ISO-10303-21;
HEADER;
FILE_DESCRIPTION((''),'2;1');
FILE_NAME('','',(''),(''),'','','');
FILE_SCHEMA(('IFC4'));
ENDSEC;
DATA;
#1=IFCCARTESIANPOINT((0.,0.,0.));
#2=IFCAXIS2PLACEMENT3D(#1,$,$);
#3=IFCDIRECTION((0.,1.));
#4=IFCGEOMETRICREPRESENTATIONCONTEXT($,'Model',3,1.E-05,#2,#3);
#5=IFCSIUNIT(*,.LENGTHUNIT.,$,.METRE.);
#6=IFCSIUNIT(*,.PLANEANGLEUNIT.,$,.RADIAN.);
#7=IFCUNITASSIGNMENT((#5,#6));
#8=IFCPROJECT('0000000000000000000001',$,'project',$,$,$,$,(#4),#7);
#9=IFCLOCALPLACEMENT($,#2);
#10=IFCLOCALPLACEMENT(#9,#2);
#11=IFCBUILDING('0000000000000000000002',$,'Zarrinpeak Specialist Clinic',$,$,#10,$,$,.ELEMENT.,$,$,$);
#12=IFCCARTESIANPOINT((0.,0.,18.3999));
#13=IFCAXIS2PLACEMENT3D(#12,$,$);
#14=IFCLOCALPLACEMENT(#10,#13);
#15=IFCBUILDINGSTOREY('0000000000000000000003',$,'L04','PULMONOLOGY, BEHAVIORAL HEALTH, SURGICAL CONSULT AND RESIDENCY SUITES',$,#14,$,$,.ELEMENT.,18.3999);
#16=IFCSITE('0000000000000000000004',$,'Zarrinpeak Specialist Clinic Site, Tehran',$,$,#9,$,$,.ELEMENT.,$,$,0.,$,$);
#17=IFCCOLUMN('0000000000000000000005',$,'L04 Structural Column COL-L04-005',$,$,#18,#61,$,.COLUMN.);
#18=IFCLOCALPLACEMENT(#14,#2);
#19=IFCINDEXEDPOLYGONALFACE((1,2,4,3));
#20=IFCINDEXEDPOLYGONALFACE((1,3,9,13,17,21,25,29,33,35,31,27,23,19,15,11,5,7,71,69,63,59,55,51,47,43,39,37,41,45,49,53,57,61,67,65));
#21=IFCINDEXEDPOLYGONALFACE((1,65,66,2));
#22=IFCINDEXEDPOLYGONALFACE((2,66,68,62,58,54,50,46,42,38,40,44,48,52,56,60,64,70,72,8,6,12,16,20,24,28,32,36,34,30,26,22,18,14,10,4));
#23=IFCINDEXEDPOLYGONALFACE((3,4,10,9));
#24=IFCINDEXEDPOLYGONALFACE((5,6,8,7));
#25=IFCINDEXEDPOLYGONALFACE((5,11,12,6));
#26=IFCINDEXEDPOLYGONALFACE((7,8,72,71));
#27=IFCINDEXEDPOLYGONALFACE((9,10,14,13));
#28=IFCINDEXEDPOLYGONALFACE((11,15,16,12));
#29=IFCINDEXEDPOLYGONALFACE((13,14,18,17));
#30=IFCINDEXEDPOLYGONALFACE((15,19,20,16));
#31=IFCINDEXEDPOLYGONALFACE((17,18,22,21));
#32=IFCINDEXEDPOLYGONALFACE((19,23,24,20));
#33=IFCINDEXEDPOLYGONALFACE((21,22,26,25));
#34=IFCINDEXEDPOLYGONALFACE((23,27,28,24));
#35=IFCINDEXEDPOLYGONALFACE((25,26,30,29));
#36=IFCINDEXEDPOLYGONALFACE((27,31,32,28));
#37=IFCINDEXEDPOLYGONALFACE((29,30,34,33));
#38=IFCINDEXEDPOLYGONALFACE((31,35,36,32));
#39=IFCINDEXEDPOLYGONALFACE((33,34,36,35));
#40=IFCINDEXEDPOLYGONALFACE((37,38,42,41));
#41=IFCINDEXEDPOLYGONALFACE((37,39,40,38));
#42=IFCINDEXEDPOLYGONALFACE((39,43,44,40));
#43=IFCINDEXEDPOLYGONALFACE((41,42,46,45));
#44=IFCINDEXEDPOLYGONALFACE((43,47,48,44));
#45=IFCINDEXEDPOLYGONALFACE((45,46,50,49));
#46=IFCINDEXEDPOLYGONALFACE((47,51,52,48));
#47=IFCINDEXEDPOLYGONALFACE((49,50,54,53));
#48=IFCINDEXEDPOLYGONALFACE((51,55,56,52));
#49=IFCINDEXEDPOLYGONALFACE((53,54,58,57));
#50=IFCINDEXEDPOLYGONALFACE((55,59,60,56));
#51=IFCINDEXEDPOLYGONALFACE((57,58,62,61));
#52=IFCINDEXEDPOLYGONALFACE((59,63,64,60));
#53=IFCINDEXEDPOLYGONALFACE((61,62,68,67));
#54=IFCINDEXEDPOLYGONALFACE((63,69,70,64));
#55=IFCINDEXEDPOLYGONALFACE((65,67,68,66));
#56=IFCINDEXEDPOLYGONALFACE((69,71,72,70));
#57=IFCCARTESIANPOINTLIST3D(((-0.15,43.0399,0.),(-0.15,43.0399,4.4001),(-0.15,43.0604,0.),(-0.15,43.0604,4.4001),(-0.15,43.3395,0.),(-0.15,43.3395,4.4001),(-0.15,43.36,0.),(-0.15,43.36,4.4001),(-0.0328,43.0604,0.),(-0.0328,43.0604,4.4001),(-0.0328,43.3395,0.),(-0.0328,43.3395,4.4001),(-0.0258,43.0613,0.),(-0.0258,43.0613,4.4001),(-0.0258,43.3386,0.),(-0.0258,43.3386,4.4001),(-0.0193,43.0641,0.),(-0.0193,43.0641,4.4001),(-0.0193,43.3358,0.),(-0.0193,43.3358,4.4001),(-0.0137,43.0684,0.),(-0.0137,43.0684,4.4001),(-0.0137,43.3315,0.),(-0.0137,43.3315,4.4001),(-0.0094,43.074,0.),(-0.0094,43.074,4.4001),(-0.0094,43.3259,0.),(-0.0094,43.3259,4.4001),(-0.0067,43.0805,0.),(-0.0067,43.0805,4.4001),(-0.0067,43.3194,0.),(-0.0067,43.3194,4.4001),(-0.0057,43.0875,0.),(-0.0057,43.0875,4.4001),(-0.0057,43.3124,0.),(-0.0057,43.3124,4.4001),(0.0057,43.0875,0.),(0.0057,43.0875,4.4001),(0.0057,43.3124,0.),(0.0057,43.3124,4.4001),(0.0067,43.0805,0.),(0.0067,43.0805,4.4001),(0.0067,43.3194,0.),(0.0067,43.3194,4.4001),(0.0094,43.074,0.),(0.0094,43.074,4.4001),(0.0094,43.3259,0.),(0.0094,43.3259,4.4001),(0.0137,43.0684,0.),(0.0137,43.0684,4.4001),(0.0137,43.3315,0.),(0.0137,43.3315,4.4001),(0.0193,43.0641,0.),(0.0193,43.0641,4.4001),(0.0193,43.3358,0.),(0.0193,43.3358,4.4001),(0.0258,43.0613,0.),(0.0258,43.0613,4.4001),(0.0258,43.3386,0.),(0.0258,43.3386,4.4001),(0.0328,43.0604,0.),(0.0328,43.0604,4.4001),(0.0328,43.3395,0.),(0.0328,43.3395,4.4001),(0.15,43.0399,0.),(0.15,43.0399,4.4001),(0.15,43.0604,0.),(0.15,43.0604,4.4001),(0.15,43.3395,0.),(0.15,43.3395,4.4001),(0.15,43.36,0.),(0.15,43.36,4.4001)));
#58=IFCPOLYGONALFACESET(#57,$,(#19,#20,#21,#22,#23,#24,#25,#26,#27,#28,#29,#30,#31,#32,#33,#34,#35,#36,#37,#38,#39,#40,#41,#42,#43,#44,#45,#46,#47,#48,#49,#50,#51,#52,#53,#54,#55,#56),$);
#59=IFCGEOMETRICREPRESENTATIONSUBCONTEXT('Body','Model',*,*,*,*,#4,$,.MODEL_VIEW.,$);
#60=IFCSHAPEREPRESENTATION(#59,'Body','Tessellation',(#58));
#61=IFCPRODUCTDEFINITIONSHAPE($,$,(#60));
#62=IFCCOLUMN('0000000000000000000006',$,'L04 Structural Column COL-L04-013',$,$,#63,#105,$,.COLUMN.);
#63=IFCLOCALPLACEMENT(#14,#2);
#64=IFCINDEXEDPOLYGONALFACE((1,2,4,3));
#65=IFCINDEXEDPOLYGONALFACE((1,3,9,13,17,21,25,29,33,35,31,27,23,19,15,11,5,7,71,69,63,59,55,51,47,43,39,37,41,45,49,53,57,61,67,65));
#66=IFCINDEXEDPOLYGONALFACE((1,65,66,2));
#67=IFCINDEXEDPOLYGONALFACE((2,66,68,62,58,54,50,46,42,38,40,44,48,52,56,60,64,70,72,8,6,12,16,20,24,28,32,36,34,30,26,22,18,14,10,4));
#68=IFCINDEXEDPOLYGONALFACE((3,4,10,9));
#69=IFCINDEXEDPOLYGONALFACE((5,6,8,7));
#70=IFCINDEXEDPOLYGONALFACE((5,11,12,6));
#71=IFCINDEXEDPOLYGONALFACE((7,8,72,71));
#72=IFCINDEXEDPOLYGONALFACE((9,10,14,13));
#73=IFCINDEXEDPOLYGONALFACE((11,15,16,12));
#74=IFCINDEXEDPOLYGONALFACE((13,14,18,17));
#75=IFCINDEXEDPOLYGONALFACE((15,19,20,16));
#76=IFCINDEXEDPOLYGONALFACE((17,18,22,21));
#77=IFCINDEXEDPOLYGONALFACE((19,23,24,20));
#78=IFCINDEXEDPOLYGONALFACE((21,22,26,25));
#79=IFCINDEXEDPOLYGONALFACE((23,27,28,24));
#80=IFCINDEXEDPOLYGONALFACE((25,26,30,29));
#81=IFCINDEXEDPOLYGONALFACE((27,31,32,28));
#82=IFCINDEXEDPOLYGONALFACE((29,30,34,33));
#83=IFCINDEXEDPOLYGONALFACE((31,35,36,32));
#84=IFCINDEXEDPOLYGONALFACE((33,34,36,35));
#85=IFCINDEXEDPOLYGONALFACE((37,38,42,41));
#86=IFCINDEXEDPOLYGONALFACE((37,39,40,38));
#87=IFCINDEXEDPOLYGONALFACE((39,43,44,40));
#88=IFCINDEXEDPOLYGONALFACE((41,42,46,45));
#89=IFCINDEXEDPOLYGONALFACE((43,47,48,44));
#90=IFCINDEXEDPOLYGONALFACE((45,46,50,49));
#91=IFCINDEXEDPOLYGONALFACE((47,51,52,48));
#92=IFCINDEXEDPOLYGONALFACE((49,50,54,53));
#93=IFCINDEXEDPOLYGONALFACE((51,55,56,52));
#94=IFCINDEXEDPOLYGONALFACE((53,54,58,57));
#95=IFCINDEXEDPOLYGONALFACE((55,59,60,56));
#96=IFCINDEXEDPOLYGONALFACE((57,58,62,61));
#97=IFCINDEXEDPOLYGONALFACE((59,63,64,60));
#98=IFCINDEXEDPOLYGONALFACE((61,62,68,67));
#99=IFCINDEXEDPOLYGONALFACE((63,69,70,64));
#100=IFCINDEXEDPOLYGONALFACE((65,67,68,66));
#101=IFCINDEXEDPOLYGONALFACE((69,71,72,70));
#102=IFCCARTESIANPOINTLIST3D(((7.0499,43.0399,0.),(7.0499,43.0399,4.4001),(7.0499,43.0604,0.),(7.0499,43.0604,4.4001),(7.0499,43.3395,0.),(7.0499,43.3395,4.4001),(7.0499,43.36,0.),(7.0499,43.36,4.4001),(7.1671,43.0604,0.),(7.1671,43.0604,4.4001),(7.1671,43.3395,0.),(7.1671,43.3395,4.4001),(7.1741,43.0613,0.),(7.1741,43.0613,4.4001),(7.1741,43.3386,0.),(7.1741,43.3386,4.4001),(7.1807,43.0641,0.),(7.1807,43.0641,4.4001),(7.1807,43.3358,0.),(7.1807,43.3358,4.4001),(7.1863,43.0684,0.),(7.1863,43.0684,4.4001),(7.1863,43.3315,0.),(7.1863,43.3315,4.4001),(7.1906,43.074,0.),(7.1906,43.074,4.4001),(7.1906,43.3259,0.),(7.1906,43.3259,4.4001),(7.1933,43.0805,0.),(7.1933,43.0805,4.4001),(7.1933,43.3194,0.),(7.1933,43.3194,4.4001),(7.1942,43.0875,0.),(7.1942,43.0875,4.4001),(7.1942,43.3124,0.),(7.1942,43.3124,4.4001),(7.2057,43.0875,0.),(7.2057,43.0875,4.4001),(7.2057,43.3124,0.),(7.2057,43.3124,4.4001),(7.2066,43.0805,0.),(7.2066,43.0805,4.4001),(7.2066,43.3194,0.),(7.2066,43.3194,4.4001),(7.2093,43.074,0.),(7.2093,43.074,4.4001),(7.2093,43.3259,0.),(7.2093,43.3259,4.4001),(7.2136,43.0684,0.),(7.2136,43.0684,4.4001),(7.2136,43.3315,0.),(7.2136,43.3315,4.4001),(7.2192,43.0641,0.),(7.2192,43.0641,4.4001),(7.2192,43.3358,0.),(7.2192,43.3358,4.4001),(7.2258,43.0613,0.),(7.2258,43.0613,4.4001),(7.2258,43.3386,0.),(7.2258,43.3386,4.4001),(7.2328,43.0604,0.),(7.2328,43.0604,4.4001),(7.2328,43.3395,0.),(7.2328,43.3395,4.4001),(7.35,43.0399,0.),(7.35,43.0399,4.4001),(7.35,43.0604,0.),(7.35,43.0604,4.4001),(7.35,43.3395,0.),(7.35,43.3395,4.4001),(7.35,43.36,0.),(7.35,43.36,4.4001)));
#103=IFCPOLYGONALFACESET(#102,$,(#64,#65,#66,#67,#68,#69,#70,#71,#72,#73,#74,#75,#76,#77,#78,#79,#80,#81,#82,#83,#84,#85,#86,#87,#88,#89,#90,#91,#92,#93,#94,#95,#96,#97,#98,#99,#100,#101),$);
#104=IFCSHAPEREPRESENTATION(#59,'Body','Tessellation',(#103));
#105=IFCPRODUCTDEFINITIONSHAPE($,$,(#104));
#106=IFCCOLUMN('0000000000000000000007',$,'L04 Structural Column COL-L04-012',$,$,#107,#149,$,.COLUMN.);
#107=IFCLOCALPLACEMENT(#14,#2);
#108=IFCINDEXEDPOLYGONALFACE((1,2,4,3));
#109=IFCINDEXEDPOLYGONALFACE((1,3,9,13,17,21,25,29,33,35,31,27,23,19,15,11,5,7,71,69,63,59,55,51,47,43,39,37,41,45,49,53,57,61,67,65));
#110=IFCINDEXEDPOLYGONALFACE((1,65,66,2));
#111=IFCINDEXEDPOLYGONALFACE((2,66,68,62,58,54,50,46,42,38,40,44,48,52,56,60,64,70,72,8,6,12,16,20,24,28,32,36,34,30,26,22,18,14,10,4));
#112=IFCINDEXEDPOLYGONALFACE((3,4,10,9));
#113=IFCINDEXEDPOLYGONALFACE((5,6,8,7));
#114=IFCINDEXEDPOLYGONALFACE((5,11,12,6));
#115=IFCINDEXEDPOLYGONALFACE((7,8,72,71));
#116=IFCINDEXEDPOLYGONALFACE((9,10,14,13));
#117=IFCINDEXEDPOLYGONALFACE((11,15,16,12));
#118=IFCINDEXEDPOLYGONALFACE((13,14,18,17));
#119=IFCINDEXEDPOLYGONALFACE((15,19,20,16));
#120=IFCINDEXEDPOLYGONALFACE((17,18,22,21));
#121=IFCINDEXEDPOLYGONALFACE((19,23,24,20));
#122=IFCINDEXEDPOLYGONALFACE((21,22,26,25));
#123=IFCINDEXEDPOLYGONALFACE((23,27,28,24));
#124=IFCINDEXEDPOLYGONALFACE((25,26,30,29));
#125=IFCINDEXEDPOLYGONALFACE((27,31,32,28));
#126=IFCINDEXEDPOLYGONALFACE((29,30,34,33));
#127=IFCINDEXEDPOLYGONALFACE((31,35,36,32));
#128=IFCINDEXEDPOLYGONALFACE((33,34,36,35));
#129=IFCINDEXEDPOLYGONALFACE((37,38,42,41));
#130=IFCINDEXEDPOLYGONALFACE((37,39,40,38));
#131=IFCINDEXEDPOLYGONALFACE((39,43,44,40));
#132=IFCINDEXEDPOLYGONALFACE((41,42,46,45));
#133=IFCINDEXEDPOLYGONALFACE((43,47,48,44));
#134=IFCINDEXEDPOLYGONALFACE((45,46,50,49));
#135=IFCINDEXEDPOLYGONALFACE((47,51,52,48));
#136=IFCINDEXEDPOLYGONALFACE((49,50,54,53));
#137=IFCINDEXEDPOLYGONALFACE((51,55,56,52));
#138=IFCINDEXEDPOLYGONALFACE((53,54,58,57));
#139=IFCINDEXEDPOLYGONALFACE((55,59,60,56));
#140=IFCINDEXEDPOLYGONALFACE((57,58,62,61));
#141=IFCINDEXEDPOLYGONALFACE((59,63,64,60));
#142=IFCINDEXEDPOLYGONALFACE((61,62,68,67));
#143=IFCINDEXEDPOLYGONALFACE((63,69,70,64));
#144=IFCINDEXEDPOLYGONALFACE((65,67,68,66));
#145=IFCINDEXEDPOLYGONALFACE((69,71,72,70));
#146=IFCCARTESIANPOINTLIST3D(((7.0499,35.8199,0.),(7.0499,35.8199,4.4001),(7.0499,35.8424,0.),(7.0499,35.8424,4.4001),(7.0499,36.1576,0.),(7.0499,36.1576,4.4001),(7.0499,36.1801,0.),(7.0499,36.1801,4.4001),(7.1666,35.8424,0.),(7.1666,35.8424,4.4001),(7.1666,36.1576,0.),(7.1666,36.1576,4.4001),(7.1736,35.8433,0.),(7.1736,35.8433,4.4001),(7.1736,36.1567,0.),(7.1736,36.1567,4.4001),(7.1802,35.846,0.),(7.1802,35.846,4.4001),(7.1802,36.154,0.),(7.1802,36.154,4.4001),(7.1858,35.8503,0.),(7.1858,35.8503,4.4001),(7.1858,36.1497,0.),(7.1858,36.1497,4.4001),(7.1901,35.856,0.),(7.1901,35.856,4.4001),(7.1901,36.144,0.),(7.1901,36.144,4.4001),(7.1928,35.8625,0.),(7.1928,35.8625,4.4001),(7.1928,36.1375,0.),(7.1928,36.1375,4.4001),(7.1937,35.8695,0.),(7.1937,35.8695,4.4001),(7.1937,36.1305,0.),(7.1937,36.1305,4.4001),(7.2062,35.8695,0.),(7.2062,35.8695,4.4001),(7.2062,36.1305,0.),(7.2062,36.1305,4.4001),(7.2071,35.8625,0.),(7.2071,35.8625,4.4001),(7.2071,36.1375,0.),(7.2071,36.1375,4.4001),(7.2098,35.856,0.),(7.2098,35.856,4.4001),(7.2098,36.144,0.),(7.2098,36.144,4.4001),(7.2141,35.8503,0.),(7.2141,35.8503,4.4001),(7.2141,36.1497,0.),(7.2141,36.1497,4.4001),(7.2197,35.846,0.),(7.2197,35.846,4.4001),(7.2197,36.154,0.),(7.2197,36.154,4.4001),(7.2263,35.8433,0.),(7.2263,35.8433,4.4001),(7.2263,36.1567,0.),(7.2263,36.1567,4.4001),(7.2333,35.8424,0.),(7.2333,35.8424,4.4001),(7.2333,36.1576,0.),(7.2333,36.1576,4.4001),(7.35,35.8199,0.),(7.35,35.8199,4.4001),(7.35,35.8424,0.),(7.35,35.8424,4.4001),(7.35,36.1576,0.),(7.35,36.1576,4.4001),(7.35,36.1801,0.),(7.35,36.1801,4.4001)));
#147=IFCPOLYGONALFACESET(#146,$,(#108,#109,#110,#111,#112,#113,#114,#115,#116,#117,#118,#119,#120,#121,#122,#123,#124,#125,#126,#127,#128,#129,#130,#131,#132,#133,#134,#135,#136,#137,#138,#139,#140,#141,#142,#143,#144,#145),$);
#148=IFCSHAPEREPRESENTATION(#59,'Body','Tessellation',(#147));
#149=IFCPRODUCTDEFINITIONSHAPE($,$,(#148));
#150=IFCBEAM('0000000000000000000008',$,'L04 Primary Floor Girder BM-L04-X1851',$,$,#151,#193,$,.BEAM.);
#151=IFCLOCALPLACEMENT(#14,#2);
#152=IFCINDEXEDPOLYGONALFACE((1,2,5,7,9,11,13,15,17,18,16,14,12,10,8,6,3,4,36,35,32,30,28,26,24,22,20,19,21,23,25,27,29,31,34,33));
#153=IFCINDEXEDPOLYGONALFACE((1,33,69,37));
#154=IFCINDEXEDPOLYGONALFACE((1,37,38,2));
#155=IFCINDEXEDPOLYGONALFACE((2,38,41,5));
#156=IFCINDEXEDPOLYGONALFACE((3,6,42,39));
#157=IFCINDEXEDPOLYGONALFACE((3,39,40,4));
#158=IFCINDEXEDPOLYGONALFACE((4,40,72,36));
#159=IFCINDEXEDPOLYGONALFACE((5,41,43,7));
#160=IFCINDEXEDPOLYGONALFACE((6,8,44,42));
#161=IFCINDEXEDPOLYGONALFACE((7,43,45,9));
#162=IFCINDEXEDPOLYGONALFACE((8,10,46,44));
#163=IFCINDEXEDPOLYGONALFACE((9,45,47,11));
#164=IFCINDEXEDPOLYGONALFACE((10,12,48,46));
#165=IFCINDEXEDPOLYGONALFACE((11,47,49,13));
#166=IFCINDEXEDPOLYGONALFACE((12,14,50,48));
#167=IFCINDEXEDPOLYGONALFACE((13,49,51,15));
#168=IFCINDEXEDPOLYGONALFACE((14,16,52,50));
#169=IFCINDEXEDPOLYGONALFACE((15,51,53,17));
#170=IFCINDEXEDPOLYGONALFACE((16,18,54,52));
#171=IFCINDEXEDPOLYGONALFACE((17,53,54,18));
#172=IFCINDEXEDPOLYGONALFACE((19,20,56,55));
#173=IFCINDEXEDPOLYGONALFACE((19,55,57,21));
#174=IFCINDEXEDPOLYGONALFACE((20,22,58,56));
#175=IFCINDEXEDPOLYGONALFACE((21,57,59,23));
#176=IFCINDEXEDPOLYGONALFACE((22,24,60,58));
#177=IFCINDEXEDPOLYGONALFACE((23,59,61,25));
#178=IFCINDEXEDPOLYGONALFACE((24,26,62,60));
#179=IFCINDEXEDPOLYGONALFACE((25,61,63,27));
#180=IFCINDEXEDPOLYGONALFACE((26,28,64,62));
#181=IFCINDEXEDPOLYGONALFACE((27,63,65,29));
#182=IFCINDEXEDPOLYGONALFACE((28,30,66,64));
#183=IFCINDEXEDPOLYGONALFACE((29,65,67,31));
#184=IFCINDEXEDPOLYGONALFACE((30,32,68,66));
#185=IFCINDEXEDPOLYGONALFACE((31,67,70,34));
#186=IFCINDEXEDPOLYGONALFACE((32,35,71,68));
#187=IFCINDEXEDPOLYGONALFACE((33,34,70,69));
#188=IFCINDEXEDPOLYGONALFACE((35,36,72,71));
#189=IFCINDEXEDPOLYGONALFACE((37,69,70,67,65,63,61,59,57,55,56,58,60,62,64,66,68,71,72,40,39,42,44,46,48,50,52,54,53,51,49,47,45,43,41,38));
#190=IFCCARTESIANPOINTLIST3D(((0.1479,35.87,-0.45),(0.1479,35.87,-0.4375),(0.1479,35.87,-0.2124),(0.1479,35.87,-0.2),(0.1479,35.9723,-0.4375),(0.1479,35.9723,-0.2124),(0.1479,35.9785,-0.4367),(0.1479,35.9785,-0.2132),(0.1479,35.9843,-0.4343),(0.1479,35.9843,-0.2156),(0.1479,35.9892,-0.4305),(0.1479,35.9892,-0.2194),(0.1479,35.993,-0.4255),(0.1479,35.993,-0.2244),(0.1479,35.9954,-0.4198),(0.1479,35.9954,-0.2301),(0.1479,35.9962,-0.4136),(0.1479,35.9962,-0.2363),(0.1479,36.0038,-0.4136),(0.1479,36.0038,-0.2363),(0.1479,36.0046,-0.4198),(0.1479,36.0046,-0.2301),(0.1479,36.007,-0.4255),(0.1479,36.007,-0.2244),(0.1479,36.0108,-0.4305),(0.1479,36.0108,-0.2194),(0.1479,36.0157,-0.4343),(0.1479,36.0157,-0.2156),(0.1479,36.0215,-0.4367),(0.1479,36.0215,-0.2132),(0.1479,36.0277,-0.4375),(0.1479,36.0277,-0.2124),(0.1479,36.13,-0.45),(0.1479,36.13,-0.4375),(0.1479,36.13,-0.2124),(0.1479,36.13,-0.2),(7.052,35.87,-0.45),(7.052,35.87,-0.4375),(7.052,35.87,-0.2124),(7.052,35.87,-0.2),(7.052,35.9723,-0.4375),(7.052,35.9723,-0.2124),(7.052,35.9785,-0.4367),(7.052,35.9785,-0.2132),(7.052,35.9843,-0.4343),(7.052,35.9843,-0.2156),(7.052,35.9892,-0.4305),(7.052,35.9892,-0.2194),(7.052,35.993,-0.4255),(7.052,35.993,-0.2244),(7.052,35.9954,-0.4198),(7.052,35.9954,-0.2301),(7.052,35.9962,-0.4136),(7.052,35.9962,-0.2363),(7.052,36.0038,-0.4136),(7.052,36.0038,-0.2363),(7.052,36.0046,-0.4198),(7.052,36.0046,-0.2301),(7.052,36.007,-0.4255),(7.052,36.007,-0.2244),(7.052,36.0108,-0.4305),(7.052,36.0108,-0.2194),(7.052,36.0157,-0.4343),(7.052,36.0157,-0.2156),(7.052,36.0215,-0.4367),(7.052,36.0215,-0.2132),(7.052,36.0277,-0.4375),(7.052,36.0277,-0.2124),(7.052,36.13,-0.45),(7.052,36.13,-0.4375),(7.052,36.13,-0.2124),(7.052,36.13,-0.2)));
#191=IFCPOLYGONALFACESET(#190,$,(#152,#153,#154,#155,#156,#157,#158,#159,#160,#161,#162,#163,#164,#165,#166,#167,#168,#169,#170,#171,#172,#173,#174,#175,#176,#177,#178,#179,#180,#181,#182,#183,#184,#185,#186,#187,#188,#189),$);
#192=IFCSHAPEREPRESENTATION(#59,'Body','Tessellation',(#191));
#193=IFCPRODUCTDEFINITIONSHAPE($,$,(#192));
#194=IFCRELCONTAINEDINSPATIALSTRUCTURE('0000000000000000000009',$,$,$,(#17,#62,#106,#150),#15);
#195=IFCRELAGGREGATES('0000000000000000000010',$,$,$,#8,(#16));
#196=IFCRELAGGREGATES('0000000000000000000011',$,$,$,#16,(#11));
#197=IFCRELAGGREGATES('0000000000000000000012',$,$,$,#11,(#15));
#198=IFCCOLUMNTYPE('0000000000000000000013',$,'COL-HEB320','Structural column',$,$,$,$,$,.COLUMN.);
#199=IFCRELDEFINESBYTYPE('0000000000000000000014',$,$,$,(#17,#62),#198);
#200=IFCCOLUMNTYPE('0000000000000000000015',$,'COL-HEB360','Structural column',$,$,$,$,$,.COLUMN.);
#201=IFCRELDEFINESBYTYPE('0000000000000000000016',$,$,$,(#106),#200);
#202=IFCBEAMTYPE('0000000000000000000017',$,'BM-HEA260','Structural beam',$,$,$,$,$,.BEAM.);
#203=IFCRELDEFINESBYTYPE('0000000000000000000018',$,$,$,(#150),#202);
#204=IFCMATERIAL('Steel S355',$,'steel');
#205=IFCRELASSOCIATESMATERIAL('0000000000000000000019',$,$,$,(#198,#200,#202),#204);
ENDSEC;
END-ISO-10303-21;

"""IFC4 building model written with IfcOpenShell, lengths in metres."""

from ifc_helpers import new_model, si_unit, direction, frame, origin, origin_2d, place, context, subcontext, project, spatial, i_section, extrude, material, material_profile, profile_set, type_object, element, save


model = new_model("IFC4")

# Units and contexts
model_context = context("Model", 3, precision=1e-05, world=origin(), true_north=direction((0.0, 1.0)))
body_context = subcontext(model_context, "Body", "Model", "MODEL_VIEW")
ifc_project = project(units=[si_unit("LENGTHUNIT", "METRE"), si_unit("PLANEANGLEUNIT", "RADIAN")], contexts=[model_context])

# Site, building, storey
site_placement = place(None, origin())
site = spatial("IfcSite", under=ifc_project, at=site_placement, Name="Zarrinpeak Specialist Clinic Site, Tehran", CompositionType="ELEMENT", RefElevation=0.0)
building_placement = place(site_placement, origin())
building = spatial("IfcBuilding", under=site, at=building_placement, Name="Zarrinpeak Specialist Clinic", CompositionType="ELEMENT")
storey_placement = place(building_placement, frame((0.0, 0.0, 18.3999)))
storey = spatial("IfcBuildingStorey", under=building, at=storey_placement, Name="L04", Description="PULMONOLOGY, BEHAVIORAL HEALTH, SURGICAL CONSULT AND RESIDENCY SUITES", CompositionType="ELEMENT", Elevation=18.3999)

# Columns
ifc_material_1 = material(Name="Steel S355", Category="steel")
ifc_material_profile_1 = material_profile(ifc_material_1, i_section(OverallWidth=0.3, OverallDepth=0.3201, WebThickness=0.0115, FlangeThickness=0.0205, FilletRadius=0.0271, at=origin_2d()), Name="HEB 320")
ifc_profile_set_1 = profile_set([ifc_material_profile_1], Name="Steel S355")
column_type_1 = type_object("IfcColumnType", Name="COL-HEB320", Description="Structural column", PredefinedType="COLUMN", material=ifc_profile_set_1)
for number, where, z_axis, x_axis, name in (
    (1, (0.0, 43.2, 0.0), (0.0, 0.0, 1.0), (1.0, 0.0, 0.0), "L04 Structural Column COL-L04-005"),
    (2, (7.2, 43.2, 0.0), (0.0, 0.0, 1.0), (1.0, 0.0, 0.0), "L04 Structural Column COL-L04-013"),
):
    element("IfcColumn", number, at=place(storey_placement, frame(where, z_axis=z_axis, x_axis=x_axis)), inside=storey, type_object=column_type_1, Name=name, PredefinedType="COLUMN", context=body_context, shape_type="SweptSolid", body=[
        extrude(i_section(OverallWidth=0.3, OverallDepth=0.3201, WebThickness=0.0115, FlangeThickness=0.0205, FilletRadius=0.0271, at=origin_2d()), origin(), (0.0, 0.0, 1.0), 4.4001),
    ])
ifc_material_profile_2 = material_profile(ifc_material_1, i_section(OverallWidth=0.3, OverallDepth=0.3601, WebThickness=0.0125, FlangeThickness=0.0225, FilletRadius=0.0271, at=origin_2d()), Name="HEB 360")
ifc_profile_set_2 = profile_set([ifc_material_profile_2], Name="Steel S355")
column_type_2 = type_object("IfcColumnType", Name="COL-HEB360", Description="Structural column", PredefinedType="COLUMN", material=ifc_profile_set_2)
column_placement = place(storey_placement, frame((7.2, 36.0, 0.0), z_axis=(0.0, 0.0, 1.0), x_axis=(1.0, 0.0, 0.0)))
element("IfcColumn", 3, at=column_placement, inside=storey, type_object=column_type_2, Name="L04 Structural Column COL-L04-012", PredefinedType="COLUMN", context=body_context, shape_type="SweptSolid", body=[
    extrude(i_section(OverallWidth=0.3, OverallDepth=0.3601, WebThickness=0.0125, FlangeThickness=0.0225, FilletRadius=0.0271, at=origin_2d()), origin(), (0.0, 0.0, 1.0), 4.4001),
])

# Beam
ifc_material_profile_3 = material_profile(ifc_material_1, i_section(OverallWidth=0.26, OverallDepth=0.25, WebThickness=0.0076, FlangeThickness=0.0125, FilletRadius=0.0239, at=origin_2d()), Name="HEA 260")
ifc_profile_set_3 = profile_set([ifc_material_profile_3], Name="Steel S355")
beam_type_1 = type_object("IfcBeamType", Name="BM-HEA260", Description="Structural beam", PredefinedType="BEAM", material=ifc_profile_set_3)
for number, where, z_axis, x_axis, name in (
    (4, (0.1479, 36.0, -0.325), (1.0, 0.0, 0.0), (0.0, 1.0, 0.0), "L04 Primary Floor Girder BM-L04-X1851"),
):
    element("IfcBeam", number, at=place(storey_placement, frame(where, z_axis=z_axis, x_axis=x_axis)), inside=storey, type_object=beam_type_1, Name=name, PredefinedType="BEAM", context=body_context, shape_type="SweptSolid", body=[
        extrude(i_section(OverallWidth=0.26, OverallDepth=0.25, WebThickness=0.0076, FlangeThickness=0.0125, FilletRadius=0.0239, at=origin_2d()), origin(), (0.0, 0.0, 1.0), 6.9041),
    ])

save(model, "model.ifc")
